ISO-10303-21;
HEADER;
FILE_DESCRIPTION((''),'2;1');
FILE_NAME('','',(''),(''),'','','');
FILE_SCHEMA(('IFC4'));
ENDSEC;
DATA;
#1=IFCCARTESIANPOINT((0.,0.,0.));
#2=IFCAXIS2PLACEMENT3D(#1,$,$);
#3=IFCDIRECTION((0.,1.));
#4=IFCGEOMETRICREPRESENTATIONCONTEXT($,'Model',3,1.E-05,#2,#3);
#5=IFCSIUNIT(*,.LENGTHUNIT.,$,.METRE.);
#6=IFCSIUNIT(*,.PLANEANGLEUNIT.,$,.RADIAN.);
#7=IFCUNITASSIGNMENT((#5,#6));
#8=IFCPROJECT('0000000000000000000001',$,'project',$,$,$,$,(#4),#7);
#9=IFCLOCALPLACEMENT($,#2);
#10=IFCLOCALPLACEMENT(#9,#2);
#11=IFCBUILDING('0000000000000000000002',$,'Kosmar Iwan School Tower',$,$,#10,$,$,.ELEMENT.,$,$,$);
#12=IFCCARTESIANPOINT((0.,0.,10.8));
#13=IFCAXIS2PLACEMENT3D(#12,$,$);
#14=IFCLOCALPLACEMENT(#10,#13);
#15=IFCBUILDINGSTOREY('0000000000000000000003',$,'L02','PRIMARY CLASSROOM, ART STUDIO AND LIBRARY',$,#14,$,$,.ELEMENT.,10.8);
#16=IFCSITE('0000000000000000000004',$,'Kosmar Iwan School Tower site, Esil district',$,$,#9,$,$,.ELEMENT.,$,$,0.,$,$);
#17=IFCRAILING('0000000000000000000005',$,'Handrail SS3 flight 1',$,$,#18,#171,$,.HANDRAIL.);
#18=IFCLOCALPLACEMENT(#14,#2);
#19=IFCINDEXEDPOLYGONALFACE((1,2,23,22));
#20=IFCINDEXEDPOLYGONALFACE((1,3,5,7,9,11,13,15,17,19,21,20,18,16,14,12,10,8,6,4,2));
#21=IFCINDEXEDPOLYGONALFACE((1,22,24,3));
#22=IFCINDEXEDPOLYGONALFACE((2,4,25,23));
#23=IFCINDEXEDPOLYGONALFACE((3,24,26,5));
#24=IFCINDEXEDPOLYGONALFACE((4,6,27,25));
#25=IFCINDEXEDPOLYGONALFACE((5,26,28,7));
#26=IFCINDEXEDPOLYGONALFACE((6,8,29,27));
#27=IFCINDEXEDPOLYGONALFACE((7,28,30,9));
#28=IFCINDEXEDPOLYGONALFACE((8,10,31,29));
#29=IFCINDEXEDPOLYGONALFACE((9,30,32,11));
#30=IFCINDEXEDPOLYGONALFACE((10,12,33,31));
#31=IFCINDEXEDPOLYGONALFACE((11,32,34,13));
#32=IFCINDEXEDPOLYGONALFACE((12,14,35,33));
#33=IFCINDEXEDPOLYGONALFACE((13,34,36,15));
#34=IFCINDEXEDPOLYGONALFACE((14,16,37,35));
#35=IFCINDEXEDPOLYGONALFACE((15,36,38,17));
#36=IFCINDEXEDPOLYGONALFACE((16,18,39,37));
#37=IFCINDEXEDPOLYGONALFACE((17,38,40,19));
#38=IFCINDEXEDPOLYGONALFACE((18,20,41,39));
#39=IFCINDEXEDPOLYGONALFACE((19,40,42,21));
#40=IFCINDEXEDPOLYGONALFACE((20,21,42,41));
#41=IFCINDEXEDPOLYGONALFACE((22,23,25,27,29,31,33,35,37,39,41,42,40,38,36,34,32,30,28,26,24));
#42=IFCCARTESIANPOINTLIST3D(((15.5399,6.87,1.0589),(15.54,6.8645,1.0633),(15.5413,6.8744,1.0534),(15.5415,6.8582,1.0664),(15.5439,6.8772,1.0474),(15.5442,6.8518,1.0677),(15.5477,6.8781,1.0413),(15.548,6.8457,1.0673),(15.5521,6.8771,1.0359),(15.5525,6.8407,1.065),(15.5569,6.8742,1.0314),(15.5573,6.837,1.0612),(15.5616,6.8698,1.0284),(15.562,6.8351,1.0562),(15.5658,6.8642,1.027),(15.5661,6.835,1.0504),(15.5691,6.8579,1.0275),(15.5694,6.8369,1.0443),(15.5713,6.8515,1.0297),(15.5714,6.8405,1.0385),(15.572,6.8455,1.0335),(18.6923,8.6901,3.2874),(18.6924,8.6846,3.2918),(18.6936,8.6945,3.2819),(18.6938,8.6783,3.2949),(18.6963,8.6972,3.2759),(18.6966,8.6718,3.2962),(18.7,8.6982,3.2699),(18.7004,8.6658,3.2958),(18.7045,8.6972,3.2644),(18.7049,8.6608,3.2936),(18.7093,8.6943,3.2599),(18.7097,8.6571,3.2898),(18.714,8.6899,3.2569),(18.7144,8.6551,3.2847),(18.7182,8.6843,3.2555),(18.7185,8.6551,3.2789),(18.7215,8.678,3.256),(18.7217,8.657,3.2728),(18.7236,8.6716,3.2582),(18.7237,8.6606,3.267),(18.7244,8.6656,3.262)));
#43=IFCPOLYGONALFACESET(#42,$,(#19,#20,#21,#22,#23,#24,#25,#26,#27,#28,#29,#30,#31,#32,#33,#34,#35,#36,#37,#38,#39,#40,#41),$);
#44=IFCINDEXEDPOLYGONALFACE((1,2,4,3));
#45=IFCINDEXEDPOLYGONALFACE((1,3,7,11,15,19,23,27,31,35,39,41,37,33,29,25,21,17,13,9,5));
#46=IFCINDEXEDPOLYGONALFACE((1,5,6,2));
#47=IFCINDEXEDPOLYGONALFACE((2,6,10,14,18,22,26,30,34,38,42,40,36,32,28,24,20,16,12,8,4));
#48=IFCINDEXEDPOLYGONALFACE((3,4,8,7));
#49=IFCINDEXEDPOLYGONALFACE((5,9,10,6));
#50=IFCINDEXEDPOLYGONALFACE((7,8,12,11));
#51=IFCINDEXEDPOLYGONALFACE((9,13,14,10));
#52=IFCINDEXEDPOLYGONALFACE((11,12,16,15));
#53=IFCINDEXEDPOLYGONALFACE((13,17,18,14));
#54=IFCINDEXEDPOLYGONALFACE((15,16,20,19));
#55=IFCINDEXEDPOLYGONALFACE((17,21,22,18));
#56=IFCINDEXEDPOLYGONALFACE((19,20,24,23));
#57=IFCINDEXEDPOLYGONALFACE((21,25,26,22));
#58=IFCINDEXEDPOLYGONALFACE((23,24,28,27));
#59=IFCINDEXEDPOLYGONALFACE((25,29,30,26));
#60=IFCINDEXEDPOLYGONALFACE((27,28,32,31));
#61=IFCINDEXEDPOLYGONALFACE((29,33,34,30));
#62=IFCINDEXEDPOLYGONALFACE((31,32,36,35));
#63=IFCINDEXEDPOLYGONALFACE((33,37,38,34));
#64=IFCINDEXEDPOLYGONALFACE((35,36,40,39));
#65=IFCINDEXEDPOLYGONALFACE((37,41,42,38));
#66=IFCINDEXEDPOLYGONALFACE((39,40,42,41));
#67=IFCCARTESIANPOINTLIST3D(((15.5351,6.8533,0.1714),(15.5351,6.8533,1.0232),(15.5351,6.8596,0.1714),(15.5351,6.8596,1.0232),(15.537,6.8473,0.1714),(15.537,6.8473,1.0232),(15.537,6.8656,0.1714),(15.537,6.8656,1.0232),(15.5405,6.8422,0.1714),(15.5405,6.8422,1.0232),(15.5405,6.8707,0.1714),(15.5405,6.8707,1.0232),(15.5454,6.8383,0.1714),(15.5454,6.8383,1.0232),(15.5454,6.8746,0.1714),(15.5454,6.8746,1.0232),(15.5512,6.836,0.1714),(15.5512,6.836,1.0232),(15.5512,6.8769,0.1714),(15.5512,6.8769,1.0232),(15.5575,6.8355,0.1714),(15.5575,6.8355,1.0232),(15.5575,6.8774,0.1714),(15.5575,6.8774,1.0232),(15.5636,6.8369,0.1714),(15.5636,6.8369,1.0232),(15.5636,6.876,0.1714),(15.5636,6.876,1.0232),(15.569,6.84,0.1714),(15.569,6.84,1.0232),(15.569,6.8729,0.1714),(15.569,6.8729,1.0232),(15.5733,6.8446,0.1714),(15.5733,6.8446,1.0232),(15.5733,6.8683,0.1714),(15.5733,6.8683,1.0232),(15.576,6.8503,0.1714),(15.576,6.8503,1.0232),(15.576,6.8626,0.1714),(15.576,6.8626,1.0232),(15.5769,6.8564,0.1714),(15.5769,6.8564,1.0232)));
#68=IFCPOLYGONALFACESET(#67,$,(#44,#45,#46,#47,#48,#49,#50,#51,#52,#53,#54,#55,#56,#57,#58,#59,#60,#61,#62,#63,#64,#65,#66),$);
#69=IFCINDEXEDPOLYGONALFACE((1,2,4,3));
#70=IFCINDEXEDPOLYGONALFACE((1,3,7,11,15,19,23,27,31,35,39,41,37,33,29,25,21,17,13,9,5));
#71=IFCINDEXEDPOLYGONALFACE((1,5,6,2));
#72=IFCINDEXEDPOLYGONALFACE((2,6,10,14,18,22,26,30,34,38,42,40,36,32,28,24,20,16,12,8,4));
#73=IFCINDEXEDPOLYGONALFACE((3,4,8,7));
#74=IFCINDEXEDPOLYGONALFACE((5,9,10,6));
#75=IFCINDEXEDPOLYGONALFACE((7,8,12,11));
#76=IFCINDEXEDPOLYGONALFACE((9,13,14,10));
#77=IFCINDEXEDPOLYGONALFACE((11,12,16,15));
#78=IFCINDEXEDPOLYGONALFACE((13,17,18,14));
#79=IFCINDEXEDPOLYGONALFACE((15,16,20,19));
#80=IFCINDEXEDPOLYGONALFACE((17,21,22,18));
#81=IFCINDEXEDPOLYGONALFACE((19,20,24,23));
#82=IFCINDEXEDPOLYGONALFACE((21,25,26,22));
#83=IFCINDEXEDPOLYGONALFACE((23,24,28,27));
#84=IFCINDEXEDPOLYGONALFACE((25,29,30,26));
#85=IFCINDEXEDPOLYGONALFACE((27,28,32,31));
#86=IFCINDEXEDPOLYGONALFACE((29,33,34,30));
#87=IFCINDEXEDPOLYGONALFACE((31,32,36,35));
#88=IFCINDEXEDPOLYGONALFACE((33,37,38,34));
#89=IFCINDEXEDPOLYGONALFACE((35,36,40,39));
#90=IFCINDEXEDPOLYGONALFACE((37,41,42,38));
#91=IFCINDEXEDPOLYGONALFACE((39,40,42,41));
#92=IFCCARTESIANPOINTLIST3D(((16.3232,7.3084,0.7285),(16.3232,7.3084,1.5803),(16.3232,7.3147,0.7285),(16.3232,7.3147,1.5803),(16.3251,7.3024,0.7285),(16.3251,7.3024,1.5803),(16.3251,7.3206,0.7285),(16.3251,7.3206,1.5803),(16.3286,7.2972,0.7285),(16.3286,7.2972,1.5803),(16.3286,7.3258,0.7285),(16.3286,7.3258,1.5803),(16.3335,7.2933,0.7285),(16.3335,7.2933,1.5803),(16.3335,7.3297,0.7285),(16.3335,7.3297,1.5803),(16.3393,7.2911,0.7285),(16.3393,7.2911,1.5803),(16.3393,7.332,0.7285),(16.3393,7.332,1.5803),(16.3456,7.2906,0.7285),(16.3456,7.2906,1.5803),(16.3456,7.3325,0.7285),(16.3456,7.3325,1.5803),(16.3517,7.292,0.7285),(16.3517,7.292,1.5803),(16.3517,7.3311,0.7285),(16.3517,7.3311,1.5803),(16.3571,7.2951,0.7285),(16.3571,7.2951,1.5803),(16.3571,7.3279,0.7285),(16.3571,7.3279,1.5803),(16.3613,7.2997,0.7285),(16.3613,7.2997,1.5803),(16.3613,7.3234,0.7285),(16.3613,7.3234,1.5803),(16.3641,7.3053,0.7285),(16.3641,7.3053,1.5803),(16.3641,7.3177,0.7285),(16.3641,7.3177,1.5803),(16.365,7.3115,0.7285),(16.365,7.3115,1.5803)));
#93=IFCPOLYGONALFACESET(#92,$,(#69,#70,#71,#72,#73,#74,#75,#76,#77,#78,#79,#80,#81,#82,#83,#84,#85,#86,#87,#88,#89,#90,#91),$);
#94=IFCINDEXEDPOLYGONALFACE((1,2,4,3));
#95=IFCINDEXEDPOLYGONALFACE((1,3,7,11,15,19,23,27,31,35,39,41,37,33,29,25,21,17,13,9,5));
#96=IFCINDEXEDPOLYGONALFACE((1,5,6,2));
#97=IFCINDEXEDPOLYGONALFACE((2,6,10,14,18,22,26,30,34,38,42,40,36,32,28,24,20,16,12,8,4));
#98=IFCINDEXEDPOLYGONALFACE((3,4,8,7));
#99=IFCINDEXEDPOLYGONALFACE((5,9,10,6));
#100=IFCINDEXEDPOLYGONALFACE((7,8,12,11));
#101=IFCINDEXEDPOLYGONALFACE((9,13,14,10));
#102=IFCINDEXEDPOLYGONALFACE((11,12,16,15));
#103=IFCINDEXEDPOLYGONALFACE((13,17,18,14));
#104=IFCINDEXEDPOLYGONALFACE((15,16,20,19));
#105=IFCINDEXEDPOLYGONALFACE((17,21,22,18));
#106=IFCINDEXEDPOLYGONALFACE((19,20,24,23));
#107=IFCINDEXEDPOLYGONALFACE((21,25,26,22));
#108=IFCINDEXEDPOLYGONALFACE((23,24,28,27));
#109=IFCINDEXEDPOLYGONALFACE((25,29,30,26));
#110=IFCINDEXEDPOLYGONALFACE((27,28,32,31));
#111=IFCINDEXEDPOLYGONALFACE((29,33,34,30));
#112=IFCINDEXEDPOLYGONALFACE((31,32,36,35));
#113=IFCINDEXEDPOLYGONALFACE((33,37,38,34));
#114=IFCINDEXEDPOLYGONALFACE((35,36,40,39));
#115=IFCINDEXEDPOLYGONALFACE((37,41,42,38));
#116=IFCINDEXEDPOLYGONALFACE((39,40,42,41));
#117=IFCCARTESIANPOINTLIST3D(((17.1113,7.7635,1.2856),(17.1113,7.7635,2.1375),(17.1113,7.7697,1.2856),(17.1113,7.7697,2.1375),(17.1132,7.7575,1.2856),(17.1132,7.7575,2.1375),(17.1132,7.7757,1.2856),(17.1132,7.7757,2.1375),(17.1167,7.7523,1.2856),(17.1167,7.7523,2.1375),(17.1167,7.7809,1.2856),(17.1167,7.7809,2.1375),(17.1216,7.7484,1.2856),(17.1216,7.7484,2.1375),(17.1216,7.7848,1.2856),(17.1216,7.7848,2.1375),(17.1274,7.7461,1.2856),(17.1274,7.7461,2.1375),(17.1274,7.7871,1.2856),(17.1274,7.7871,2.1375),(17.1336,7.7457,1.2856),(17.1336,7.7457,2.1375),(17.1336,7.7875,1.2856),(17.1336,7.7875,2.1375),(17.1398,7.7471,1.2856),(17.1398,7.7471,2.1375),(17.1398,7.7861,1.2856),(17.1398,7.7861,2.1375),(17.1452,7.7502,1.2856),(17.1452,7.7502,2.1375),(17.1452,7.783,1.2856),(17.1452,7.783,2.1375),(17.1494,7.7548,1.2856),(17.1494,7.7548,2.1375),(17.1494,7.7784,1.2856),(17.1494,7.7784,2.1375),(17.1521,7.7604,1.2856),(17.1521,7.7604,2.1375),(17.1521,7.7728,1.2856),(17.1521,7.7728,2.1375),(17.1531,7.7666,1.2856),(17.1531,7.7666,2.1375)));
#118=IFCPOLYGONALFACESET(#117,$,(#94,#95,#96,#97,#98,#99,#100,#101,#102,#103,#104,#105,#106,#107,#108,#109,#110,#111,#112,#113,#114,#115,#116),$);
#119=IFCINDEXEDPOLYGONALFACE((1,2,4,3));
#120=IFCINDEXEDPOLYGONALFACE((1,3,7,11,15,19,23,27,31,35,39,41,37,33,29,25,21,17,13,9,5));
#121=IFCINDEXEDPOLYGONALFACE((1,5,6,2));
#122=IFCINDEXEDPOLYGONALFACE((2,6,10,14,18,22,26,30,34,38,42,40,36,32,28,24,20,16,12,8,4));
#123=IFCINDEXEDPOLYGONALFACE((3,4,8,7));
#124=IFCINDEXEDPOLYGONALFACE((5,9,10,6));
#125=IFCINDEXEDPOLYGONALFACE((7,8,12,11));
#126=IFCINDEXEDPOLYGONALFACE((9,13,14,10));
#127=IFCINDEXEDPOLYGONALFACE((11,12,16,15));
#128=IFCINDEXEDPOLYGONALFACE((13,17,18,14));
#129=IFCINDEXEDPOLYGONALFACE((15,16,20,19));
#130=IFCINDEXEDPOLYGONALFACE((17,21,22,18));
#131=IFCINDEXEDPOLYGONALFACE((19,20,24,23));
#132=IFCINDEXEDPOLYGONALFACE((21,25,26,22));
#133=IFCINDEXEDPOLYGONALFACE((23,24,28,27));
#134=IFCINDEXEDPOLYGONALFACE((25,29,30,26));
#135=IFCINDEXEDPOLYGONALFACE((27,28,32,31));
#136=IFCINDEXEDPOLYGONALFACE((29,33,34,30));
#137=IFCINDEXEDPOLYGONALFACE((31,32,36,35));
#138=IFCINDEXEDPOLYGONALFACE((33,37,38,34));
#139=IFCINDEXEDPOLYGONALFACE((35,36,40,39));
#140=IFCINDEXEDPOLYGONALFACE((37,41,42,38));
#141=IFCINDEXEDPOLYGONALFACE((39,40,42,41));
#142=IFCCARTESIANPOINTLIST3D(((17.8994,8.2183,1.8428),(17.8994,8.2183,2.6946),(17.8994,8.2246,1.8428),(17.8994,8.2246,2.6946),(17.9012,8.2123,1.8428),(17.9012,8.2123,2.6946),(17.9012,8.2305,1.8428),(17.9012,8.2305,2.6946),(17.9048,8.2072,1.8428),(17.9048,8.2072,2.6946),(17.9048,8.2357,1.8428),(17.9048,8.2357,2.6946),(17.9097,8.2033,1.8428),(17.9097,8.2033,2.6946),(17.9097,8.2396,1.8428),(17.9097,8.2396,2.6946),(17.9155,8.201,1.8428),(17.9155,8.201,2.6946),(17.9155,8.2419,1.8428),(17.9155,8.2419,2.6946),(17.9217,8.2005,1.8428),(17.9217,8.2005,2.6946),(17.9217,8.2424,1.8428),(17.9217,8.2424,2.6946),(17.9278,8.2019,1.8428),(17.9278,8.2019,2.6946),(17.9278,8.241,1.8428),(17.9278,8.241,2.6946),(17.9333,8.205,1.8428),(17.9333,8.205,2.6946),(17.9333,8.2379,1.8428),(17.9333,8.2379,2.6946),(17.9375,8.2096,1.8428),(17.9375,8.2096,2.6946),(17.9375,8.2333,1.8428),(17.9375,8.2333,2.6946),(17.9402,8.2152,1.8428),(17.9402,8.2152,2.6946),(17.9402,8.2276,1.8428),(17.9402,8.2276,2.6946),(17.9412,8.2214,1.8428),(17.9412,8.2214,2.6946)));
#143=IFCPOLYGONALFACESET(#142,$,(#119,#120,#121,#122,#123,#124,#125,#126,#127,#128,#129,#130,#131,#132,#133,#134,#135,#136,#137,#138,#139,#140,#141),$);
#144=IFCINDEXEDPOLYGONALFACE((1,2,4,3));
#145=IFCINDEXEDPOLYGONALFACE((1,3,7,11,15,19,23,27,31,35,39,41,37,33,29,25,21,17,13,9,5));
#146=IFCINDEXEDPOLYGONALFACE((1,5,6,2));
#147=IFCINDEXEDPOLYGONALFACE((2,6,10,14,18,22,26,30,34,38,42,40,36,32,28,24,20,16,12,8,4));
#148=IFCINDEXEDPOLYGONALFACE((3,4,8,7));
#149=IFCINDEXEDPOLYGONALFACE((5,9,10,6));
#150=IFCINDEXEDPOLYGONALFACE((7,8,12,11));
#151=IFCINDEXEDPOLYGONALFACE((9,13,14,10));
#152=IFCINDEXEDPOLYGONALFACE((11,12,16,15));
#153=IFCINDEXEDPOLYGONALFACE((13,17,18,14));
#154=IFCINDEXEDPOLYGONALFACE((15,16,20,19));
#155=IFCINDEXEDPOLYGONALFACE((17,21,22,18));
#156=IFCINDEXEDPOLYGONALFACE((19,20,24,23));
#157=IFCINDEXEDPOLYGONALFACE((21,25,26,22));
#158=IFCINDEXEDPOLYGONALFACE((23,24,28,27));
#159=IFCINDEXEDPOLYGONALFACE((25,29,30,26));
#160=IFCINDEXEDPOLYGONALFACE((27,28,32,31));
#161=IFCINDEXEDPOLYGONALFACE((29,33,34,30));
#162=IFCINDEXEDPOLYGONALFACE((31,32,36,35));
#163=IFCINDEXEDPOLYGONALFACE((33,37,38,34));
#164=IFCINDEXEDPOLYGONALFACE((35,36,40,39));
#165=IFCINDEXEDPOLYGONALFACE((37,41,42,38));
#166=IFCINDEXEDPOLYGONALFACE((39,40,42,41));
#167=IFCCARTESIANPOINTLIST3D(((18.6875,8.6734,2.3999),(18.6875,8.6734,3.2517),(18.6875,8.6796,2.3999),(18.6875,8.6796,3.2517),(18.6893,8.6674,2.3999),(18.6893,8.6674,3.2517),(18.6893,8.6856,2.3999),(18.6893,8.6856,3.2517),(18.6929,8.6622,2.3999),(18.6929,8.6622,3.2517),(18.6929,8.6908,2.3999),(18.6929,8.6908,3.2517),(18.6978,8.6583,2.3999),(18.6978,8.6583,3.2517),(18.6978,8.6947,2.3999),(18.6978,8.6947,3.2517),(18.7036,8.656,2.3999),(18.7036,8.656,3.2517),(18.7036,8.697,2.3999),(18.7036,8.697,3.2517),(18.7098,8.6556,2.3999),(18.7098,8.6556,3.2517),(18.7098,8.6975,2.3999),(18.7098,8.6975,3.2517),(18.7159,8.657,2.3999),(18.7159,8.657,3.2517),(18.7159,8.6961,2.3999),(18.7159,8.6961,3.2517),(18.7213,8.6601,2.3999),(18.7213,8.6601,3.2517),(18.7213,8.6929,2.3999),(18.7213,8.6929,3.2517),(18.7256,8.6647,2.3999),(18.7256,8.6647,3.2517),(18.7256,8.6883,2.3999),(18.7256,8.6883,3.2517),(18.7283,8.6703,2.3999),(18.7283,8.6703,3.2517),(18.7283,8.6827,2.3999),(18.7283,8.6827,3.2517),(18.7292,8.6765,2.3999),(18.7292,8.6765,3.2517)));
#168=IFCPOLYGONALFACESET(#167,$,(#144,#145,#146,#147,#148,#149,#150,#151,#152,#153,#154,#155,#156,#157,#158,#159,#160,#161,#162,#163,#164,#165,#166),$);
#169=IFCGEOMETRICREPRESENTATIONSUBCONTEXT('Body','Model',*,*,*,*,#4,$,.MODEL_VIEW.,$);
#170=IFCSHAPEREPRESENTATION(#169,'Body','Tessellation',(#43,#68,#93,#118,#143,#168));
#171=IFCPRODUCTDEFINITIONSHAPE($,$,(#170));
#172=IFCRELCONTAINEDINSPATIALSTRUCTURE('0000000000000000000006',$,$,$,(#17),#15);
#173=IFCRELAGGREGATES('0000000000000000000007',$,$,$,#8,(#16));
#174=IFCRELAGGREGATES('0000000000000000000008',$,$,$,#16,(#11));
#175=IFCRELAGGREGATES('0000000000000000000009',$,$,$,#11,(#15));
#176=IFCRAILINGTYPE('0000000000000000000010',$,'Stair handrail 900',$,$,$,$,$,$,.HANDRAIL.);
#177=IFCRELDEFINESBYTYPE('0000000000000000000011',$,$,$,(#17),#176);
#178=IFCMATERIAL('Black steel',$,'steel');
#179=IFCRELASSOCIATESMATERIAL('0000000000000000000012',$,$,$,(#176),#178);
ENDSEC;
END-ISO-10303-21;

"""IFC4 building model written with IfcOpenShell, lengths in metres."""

from ifc_helpers import new_model, si_unit, direction, frame, origin, origin_2d, place, context, subcontext, project, spatial, circle, extrude, material, type_object, element, save


model = new_model("IFC4")

# Units and contexts
model_context = context("Model", 3, precision=1e-05, world=origin(), true_north=direction((0.0, 1.0)))
body_context = subcontext(model_context, "Body", "Model", "MODEL_VIEW")
ifc_project = project(units=[si_unit("LENGTHUNIT", "METRE"), si_unit("PLANEANGLEUNIT", "RADIAN")], contexts=[model_context])

# Site, building, storey
site_placement = place(None, origin())
site = spatial("IfcSite", under=ifc_project, at=site_placement, Name="Kosmar Iwan School Tower site, Esil district", CompositionType="ELEMENT", RefElevation=0.0)
building_placement = place(site_placement, origin())
building = spatial("IfcBuilding", under=site, at=building_placement, Name="Kosmar Iwan School Tower", CompositionType="ELEMENT")
storey_placement = place(building_placement, frame((0.0, 0.0, 10.8)))
storey = spatial("IfcBuildingStorey", under=building, at=storey_placement, Name="L02", Description="PRIMARY CLASSROOM, ART STUDIO AND LIBRARY", CompositionType="ELEMENT", Elevation=10.8)

# Railing
ifc_material_1 = material(Name="Black steel", Category="steel")
railing_type = type_object("IfcRailingType", Name="Stair handrail 900", PredefinedType="HANDRAIL", material=ifc_material_1)
railing_1_placement = place(storey_placement, frame((15.5559, 6.8564, 0.1714)))
element("IfcRailing", 1, at=railing_1_placement, inside=storey, type_object=railing_type, Name="Handrail SS3 flight 1", PredefinedType="HANDRAIL", context=body_context, shape_type="SweptSolid", body=[
    extrude(circle(Radius=0.0239, at=origin_2d()), frame((0.0, 0.0, 0.876), z_axis=(0.738592, 0.426441, 0.52214), x_axis=(-0.500013, 0.866018, 0.0)), (0.0, 0.0, 1.0), 4.2681),
    extrude(circle(Radius=0.021, at=origin_2d()), origin(), (0.0, 0.0, 1.0), 0.8518),
    extrude(circle(Radius=0.021, at=origin_2d()), frame((0.7881, 0.4551, 0.5571)), (0.0, 0.0, 1.0), 0.8518),
    extrude(circle(Radius=0.021, at=origin_2d()), frame((1.5762, 0.9102, 1.1143)), (0.0, 0.0, 1.0), 0.8518),
    extrude(circle(Radius=0.021, at=origin_2d()), frame((2.3643, 1.365, 1.6714)), (0.0, 0.0, 1.0), 0.8518),
    extrude(circle(Radius=0.021, at=origin_2d()), frame((3.1523, 1.8201, 2.2285)), (0.0, 0.0, 1.0), 0.8518),
])

save(model, "model.ifc")
